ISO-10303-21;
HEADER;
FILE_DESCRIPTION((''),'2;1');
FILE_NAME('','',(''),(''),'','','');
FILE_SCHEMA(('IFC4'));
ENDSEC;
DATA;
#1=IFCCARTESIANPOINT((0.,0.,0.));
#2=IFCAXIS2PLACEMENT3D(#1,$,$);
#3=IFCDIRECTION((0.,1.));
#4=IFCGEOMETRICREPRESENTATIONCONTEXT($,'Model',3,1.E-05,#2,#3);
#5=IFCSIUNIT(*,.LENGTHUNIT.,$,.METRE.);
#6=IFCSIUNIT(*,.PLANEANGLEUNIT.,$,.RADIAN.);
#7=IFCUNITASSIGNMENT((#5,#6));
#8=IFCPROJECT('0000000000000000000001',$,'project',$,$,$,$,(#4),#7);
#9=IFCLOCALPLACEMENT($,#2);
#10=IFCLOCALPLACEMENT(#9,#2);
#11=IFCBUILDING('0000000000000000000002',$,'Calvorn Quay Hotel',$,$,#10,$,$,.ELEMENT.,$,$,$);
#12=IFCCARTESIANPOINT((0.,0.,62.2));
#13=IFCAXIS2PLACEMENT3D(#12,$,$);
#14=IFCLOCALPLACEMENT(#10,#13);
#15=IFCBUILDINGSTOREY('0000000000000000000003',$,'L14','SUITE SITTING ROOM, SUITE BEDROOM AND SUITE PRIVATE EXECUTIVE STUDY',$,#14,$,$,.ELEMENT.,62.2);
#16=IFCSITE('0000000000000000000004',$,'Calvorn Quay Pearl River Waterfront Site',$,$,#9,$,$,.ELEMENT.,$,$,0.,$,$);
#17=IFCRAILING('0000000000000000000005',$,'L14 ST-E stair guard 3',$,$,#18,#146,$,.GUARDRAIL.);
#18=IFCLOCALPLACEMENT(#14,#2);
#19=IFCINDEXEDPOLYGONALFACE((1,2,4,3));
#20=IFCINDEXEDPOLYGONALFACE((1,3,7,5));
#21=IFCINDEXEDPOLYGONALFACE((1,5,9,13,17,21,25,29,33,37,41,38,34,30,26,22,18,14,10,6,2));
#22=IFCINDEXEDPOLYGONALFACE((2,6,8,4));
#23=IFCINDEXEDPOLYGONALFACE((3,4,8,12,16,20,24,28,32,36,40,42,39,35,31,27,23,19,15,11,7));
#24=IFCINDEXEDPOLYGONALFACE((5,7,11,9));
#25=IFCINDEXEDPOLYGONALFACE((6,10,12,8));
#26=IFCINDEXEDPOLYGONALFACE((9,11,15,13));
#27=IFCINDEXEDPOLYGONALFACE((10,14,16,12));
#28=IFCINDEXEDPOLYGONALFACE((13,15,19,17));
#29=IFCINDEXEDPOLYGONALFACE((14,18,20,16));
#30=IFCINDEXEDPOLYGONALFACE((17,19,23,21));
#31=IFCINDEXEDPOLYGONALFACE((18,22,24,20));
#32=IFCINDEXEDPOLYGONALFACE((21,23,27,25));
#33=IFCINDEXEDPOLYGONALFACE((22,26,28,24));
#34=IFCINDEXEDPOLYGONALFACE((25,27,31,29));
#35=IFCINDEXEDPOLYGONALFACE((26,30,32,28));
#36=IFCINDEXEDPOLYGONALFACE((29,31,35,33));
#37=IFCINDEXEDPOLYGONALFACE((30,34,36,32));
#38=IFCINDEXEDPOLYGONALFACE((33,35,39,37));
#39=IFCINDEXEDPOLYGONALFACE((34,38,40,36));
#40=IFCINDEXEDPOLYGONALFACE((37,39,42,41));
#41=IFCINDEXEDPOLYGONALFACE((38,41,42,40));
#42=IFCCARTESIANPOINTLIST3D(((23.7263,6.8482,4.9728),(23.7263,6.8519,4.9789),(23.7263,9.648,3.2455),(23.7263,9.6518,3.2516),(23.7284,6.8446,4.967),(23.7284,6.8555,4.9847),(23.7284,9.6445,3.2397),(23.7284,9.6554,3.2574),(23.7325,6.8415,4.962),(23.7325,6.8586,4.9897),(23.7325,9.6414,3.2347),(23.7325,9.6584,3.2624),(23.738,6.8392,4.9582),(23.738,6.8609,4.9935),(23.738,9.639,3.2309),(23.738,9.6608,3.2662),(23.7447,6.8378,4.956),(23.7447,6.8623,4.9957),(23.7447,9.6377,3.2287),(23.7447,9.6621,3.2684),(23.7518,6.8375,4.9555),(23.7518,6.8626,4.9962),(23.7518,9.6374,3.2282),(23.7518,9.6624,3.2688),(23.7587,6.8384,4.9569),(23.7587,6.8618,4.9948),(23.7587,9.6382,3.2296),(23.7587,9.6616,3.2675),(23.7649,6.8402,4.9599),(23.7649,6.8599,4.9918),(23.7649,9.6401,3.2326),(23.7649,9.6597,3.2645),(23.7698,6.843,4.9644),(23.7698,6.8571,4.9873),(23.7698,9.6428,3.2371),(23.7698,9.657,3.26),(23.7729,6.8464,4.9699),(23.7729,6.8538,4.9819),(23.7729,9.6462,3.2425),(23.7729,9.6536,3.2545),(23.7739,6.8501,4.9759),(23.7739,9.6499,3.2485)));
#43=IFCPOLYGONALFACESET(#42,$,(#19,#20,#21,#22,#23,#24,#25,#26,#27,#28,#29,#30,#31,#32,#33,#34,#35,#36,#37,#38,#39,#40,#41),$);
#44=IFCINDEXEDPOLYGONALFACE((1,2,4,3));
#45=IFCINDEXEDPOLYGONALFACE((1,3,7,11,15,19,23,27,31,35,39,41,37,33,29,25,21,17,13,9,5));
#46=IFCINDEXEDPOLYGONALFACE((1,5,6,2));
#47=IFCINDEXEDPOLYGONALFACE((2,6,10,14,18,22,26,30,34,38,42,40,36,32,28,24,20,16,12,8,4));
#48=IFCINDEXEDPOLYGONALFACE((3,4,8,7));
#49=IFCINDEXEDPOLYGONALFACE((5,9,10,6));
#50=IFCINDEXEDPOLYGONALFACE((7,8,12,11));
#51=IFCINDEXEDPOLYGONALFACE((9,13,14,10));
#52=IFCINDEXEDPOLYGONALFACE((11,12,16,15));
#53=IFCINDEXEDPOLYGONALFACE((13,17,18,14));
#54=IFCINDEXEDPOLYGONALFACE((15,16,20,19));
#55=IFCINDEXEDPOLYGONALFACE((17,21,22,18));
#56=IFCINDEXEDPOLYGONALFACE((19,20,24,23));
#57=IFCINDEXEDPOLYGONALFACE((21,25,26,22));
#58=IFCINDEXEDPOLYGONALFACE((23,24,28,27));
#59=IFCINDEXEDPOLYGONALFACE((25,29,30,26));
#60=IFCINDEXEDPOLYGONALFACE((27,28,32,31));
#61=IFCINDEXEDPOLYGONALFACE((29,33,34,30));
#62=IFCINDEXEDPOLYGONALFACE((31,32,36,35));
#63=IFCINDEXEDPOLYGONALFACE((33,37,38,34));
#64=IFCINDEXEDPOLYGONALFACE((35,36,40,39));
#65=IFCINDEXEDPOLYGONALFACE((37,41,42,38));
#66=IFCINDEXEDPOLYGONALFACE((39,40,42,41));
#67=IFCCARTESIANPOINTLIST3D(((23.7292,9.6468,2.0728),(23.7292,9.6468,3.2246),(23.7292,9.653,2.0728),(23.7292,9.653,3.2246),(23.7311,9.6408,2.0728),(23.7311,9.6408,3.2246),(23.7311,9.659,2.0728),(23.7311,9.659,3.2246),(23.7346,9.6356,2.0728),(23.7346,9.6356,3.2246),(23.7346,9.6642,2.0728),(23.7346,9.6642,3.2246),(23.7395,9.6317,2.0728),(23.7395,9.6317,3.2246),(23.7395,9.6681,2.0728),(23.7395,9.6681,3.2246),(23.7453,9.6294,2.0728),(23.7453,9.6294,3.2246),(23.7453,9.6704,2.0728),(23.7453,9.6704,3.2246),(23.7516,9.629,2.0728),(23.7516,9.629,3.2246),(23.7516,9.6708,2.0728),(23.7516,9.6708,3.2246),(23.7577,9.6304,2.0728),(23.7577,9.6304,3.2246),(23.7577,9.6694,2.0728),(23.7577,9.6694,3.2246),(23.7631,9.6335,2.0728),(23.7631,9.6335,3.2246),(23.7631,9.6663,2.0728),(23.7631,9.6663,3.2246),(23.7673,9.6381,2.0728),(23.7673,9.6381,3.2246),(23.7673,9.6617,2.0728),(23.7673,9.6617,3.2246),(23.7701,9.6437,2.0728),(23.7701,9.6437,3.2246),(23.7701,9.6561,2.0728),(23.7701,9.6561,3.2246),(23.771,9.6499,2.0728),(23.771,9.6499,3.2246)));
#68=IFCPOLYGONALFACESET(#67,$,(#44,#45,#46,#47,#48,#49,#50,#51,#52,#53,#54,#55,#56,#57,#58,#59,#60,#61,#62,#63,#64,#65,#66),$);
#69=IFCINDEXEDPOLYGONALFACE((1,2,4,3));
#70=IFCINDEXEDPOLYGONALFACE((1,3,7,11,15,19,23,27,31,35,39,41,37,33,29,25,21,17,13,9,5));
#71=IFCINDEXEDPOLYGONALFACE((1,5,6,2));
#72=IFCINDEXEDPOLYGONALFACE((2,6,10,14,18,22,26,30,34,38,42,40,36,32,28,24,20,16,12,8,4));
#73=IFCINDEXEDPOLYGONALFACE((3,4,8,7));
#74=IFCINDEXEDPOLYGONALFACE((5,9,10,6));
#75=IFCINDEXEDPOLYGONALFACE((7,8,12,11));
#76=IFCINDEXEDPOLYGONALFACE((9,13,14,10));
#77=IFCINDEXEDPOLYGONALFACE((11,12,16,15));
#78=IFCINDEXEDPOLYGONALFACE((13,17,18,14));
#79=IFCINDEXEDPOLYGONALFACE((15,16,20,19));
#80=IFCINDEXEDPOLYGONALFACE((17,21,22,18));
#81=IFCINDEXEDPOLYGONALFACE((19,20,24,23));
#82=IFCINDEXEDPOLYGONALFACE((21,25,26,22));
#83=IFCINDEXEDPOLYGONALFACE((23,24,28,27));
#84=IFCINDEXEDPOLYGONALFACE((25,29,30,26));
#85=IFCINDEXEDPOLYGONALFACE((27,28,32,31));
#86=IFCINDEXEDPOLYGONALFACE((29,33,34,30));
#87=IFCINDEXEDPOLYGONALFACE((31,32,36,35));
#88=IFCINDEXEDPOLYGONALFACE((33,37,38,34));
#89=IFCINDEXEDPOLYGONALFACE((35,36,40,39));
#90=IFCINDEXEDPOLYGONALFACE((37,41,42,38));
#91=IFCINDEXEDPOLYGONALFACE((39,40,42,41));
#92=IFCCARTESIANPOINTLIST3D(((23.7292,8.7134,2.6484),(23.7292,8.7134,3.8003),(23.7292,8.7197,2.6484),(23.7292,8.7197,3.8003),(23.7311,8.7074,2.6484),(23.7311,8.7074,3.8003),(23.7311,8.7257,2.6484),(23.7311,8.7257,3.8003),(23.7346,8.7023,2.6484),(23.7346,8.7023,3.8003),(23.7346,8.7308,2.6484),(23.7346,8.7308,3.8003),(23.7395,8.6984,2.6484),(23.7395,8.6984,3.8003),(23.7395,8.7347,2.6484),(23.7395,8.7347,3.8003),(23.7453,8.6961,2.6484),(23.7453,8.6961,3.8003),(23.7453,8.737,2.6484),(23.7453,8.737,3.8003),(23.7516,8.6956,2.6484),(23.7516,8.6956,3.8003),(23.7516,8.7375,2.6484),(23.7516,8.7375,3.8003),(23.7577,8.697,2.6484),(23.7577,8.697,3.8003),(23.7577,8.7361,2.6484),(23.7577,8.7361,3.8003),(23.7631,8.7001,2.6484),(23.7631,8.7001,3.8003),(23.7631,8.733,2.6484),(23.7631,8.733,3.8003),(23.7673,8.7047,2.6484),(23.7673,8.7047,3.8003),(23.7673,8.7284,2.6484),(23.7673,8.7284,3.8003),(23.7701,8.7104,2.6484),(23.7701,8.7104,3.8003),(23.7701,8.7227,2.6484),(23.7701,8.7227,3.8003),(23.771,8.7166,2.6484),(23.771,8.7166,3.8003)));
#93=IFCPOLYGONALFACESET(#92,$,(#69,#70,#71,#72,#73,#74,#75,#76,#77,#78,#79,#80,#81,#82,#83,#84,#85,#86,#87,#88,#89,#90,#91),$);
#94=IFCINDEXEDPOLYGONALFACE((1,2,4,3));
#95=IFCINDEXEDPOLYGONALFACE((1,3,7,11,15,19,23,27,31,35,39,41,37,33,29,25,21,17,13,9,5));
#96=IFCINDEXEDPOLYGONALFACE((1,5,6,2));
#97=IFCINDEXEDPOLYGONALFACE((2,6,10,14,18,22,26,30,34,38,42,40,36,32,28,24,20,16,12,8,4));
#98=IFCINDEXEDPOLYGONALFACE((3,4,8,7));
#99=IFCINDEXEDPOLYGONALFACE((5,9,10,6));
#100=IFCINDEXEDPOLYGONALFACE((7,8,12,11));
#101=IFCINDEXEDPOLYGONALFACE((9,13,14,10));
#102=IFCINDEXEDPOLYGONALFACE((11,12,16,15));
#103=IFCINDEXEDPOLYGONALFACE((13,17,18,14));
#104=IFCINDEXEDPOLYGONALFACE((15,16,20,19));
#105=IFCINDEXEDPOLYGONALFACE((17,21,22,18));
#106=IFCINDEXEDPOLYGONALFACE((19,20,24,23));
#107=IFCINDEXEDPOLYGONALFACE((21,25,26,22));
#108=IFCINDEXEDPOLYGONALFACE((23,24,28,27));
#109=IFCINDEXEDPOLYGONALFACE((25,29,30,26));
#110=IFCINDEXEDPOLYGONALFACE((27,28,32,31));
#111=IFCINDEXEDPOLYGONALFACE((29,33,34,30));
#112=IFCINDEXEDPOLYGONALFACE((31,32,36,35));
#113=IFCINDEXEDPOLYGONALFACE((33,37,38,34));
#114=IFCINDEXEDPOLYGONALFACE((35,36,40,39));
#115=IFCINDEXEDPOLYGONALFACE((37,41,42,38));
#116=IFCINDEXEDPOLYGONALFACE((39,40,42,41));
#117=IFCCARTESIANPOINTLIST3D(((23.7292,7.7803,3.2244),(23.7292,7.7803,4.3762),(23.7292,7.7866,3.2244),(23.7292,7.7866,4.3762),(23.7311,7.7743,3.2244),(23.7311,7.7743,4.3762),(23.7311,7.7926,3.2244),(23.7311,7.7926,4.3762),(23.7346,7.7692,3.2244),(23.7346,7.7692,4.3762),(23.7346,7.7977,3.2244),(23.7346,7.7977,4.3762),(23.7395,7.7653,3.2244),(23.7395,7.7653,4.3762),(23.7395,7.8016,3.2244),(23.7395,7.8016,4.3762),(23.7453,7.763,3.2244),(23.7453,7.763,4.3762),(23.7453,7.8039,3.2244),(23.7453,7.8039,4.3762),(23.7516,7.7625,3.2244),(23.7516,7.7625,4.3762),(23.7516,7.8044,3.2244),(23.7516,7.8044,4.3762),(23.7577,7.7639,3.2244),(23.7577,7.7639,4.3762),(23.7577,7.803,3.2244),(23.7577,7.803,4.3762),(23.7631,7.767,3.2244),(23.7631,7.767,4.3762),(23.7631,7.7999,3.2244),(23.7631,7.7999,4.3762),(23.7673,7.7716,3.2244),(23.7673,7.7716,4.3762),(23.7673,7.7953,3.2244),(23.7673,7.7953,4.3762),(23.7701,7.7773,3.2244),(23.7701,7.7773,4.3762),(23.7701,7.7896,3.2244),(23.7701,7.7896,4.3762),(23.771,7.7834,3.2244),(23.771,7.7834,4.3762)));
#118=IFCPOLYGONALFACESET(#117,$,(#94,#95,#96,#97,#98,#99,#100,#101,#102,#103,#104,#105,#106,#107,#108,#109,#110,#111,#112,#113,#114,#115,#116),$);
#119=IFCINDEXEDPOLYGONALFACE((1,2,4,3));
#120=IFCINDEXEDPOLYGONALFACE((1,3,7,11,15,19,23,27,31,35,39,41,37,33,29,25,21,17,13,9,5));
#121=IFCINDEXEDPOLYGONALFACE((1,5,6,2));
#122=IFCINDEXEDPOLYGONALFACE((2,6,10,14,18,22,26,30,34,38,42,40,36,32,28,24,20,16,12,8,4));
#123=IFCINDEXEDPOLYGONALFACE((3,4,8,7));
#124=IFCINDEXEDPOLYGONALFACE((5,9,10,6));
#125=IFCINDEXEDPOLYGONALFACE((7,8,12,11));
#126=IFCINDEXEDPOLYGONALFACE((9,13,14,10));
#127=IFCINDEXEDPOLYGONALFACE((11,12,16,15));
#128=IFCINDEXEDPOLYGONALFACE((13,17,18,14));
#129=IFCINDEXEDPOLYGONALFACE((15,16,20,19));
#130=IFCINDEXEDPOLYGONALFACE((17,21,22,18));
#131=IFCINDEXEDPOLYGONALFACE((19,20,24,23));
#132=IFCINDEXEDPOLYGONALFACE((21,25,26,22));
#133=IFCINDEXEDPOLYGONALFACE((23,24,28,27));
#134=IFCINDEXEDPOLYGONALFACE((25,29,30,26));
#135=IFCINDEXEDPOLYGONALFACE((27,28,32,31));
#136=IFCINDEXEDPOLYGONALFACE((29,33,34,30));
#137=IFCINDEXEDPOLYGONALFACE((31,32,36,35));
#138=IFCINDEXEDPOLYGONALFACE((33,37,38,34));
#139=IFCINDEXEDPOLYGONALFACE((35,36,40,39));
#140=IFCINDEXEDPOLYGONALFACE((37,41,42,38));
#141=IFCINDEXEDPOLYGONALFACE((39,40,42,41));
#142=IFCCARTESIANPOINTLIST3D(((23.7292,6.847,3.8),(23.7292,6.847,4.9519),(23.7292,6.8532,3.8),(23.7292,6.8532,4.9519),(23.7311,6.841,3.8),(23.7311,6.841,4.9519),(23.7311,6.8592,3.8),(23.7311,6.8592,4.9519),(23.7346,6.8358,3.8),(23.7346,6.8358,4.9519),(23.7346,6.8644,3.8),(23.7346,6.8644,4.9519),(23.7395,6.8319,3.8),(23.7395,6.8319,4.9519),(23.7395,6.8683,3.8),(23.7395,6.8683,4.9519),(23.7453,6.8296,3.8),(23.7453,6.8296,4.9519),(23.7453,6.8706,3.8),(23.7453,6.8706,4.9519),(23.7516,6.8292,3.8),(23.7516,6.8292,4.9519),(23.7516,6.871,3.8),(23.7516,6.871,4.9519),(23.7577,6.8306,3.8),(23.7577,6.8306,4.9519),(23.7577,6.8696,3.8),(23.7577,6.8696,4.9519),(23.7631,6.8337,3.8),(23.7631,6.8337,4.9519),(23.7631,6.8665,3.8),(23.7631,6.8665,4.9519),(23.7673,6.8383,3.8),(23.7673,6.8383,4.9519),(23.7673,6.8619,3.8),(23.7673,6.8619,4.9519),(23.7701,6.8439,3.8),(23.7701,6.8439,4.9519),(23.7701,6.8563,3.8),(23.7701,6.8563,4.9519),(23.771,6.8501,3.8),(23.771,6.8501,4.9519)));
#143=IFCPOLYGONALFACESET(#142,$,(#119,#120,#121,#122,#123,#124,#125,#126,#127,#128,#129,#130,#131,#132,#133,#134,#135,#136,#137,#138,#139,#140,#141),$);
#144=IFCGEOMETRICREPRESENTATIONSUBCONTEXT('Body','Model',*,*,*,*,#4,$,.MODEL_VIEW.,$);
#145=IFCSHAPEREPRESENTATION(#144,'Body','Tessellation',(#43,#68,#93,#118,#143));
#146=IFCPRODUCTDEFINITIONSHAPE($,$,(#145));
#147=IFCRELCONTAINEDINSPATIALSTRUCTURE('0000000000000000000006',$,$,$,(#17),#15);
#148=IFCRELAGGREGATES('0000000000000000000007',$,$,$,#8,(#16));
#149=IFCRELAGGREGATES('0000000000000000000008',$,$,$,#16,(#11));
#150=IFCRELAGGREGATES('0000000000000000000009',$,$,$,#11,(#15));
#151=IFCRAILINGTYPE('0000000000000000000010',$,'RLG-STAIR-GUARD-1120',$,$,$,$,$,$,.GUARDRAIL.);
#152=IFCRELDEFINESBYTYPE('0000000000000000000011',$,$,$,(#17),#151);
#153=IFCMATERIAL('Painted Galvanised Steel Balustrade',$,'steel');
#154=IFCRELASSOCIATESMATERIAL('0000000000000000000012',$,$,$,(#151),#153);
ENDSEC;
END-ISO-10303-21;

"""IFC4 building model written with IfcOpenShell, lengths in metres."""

from ifc_helpers import new_model, si_unit, direction, frame, origin, origin_2d, place, context, subcontext, project, spatial, circle, extrude, material, type_object, element, save


model = new_model("IFC4")

# Units and contexts
model_context = context("Model", 3, precision=1e-05, world=origin(), true_north=direction((0.0, 1.0)))
body_context = subcontext(model_context, "Body", "Model", "MODEL_VIEW")
ifc_project = project(units=[si_unit("LENGTHUNIT", "METRE"), si_unit("PLANEANGLEUNIT", "RADIAN")], contexts=[model_context])

# Site, building, storey
site_placement = place(None, origin())
site = spatial("IfcSite", under=ifc_project, at=site_placement, Name="Calvorn Quay Pearl River Waterfront Site", CompositionType="ELEMENT", RefElevation=0.0)
building_placement = place(site_placement, origin())
building = spatial("IfcBuilding", under=site, at=building_placement, Name="Calvorn Quay Hotel", CompositionType="ELEMENT")
storey_placement = place(building_placement, frame((0.0, 0.0, 62.2)))
storey = spatial("IfcBuildingStorey", under=building, at=storey_placement, Name="L14", Description="SUITE SITTING ROOM, SUITE BEDROOM AND SUITE PRIVATE EXECUTIVE STUDY", CompositionType="ELEMENT", Elevation=62.2)

# Railing
ifc_material_1 = material(Name="Painted Galvanised Steel Balustrade", Category="steel")
railing_type_1 = type_object("IfcRailingType", Name="RLG-STAIR-GUARD-1120", PredefinedType="GUARDRAIL", material=ifc_material_1)
railing_1_placement = place(storey_placement, frame((23.75, 9.6499, 2.0728)))
element("IfcRailing", 1, at=railing_1_placement, inside=storey, type_object=railing_type_1, Name="L14 ST-E stair guard 3", PredefinedType="GUARDRAIL", context=body_context, shape_type="SweptSolid", body=[
    extrude(circle(Radius=0.0239, at=origin_2d()), frame((0.0, 0.0, 1.1758), z_axis=(0.0, -0.851069, 0.525054), x_axis=(1.0, 0.0, 0.0)), (0.0, 0.0, 1.0), 3.2898),
    extrude(circle(Radius=0.021, at=origin_2d()), origin(), (0.0, 0.0, 1.0), 1.1519),
    extrude(circle(Radius=0.021, at=origin_2d()), frame((0.0, -0.9333, 0.5757)), (0.0, 0.0, 1.0), 1.1519),
    extrude(circle(Radius=0.021, at=origin_2d()), frame((0.0, -1.8665, 1.1516)), (0.0, 0.0, 1.0), 1.1519),
    extrude(circle(Radius=0.021, at=origin_2d()), frame((0.0, -2.7998, 1.7273)), (0.0, 0.0, 1.0), 1.1519),
])

save(model, "model.ifc")
